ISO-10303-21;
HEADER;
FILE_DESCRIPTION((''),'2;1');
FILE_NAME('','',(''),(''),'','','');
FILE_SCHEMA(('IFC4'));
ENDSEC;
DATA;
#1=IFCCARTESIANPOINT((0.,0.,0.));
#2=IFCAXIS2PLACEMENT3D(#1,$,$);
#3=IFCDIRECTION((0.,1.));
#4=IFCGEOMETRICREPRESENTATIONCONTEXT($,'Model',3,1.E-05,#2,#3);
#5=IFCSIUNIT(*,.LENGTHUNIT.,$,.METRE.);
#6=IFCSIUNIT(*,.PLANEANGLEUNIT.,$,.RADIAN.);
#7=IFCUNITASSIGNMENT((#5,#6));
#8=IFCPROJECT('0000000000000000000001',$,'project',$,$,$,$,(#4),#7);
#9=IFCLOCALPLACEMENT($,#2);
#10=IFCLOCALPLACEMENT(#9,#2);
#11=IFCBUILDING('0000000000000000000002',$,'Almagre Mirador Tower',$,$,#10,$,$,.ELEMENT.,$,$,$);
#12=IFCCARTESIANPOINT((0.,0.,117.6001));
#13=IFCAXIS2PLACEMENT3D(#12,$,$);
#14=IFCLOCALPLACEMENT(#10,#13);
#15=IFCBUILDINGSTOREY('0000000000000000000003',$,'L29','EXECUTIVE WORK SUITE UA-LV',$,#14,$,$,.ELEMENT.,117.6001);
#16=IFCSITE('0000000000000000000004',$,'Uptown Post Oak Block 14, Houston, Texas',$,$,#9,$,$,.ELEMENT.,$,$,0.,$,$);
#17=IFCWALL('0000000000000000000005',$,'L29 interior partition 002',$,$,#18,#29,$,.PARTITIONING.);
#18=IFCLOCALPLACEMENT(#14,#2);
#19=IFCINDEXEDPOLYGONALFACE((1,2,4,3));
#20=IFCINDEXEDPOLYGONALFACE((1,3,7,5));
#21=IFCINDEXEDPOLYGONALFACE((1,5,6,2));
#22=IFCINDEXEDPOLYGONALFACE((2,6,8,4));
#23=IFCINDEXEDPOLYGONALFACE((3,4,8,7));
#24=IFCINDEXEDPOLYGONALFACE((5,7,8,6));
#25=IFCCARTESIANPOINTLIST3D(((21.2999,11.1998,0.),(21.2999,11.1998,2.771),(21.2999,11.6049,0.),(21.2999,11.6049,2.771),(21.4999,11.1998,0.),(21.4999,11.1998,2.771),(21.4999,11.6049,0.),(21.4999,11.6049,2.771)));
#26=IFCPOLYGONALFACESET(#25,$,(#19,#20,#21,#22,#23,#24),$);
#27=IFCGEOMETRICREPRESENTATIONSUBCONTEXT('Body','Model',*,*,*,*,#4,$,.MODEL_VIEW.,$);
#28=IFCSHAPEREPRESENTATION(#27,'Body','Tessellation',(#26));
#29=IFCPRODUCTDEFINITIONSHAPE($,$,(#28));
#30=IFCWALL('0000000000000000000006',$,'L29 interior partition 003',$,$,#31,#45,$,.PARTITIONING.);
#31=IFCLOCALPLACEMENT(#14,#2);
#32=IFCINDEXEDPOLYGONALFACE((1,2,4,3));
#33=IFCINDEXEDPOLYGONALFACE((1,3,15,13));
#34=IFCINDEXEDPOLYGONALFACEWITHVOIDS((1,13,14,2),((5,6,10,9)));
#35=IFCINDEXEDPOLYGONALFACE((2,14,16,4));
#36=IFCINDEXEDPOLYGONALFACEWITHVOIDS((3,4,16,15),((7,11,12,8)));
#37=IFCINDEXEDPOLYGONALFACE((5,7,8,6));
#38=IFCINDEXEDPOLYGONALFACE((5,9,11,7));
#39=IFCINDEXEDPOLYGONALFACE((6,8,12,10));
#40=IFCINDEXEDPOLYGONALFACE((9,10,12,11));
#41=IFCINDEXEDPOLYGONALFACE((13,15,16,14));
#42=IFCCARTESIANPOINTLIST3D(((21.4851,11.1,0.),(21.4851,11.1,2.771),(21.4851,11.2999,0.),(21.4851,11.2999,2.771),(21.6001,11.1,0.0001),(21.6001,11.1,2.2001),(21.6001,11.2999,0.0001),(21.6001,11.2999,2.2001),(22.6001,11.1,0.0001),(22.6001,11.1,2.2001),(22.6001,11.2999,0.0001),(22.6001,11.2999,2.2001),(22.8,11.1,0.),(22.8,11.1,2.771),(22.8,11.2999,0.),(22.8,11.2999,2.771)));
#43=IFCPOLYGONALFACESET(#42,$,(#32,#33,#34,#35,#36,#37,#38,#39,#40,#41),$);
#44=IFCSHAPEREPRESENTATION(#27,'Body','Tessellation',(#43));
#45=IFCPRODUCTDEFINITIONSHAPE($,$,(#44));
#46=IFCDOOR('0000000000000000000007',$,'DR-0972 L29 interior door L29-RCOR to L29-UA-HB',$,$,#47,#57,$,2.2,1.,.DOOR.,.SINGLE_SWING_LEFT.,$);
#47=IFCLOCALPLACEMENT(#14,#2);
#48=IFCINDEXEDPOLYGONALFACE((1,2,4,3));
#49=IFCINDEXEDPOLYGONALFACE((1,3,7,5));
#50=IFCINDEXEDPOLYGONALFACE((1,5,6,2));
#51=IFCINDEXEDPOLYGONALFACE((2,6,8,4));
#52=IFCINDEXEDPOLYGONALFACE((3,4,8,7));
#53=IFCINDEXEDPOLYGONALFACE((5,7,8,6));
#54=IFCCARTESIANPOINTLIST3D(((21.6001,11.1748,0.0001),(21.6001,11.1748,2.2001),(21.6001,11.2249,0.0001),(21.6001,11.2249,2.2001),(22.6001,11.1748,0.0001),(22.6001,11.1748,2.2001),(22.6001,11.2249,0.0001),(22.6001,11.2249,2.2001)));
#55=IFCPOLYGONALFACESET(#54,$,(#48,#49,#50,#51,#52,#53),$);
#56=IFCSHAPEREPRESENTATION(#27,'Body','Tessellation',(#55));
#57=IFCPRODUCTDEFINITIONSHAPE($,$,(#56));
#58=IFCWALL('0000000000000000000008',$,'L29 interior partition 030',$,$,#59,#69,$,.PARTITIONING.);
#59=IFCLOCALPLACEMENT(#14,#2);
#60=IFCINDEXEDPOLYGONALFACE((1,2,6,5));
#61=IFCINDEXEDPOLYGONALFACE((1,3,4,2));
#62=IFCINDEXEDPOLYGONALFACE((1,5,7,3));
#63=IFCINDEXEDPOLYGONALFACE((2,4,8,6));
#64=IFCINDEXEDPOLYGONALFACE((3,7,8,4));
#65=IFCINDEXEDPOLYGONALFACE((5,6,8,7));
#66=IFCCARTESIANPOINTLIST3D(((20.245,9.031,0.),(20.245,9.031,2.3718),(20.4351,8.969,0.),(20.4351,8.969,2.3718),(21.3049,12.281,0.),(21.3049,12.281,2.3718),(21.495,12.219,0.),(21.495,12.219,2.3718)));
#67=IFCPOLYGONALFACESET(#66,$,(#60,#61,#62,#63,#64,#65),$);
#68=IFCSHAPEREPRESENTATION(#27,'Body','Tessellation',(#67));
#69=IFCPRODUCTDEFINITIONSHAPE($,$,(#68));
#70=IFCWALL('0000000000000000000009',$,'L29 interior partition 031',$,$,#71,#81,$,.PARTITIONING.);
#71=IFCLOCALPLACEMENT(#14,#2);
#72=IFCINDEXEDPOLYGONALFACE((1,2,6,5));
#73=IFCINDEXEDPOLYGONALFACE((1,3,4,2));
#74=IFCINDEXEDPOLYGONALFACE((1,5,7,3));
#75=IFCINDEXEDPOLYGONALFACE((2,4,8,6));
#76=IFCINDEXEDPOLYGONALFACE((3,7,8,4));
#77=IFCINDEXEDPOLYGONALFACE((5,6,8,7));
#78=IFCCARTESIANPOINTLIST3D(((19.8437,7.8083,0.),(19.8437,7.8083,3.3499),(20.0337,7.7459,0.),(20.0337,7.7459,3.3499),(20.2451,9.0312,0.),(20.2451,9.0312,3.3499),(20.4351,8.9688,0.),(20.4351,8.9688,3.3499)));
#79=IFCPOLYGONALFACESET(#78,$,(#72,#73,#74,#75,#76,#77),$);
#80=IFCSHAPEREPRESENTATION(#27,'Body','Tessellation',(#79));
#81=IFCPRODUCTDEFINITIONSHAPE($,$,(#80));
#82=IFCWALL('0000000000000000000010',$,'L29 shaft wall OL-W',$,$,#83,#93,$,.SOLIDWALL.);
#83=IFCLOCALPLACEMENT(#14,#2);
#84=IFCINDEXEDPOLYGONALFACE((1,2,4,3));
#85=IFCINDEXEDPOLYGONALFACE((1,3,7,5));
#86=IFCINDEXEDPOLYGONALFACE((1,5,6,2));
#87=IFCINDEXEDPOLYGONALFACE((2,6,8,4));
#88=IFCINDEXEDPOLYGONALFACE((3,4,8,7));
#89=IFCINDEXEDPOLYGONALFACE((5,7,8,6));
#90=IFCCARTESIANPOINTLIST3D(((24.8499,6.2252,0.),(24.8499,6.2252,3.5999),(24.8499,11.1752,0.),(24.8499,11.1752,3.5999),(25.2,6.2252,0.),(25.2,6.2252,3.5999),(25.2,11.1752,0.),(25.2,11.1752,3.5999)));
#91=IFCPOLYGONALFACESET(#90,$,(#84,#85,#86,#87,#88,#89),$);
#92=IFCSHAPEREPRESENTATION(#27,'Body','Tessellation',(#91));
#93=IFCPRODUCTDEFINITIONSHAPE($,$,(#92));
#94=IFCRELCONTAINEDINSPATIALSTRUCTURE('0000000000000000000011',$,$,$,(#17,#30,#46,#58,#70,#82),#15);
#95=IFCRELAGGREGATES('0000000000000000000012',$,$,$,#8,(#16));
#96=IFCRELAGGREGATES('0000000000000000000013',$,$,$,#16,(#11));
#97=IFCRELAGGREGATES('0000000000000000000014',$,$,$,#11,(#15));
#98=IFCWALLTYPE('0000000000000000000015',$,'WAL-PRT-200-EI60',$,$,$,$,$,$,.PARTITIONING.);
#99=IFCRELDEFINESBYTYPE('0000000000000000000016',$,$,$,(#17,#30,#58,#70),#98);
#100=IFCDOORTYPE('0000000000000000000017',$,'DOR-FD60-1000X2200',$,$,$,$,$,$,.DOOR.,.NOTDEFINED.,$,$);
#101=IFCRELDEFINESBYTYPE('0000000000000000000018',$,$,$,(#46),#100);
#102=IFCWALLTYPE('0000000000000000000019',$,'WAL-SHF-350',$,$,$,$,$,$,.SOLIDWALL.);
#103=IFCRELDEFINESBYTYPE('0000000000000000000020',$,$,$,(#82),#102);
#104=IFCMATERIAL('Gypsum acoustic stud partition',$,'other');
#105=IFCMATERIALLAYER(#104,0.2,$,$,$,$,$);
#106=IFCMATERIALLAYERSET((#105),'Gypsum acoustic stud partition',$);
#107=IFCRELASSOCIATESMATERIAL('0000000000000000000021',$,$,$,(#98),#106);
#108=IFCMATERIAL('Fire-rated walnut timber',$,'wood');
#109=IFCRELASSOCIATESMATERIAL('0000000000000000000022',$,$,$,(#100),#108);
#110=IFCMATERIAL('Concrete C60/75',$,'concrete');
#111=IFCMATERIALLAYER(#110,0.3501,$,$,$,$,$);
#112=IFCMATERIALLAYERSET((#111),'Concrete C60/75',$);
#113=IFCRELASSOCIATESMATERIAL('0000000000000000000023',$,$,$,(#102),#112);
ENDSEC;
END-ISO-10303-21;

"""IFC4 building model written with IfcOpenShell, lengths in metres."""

from ifc_helpers import new_model, si_unit, direction, frame, frame_2d, origin, place, context, subcontext, project, spatial, rectangle, extrude, material, layer, layer_set, type_object, element, fill, save


model = new_model("IFC4")

# Units and contexts
model_context = context("Model", 3, precision=1e-05, world=origin(), true_north=direction((0.0, 1.0)))
body_context = subcontext(model_context, "Body", "Model", "MODEL_VIEW")
ifc_project = project(units=[si_unit("LENGTHUNIT", "METRE"), si_unit("PLANEANGLEUNIT", "RADIAN")], contexts=[model_context])

# Site, building, storey
site_placement = place(None, origin())
site = spatial("IfcSite", under=ifc_project, at=site_placement, Name="Uptown Post Oak Block 14, Houston, Texas", CompositionType="ELEMENT", RefElevation=0.0)
building_placement = place(site_placement, origin())
building = spatial("IfcBuilding", under=site, at=building_placement, Name="Almagre Mirador Tower", CompositionType="ELEMENT")
storey_placement = place(building_placement, frame((0.0, 0.0, 117.6001)))
storey = spatial("IfcBuildingStorey", under=building, at=storey_placement, Name="L29", Description="EXECUTIVE WORK SUITE UA-LV", CompositionType="ELEMENT", Elevation=117.6001)

# Shared definitions
ifc_material_1 = material(Name="Gypsum acoustic stud partition", Category="other")
ifc_layer_1 = layer(ifc_material_1, 0.2)
ifc_layer_set_1 = layer_set([ifc_layer_1], Name="Gypsum acoustic stud partition")
wall_type_1 = type_object("IfcWallType", Name="WAL-PRT-200-EI60", PredefinedType="PARTITIONING", material=ifc_layer_set_1)
ifc_material_2 = material(Name="Fire-rated walnut timber", Category="wood")
door_type_1 = type_object("IfcDoorType", Name="DOR-FD60-1000X2200", OperationType="NOTDEFINED", PredefinedType="DOOR", material=ifc_material_2)

# Wall
wall_1_placement = place(storey_placement, frame((21.3999, 11.605, 0.0), z_axis=(0.0, 0.0, 1.0), x_axis=(0.0, -1.0, 0.0)))
element("IfcWall", 1, at=wall_1_placement, inside=storey, type_object=wall_type_1, Name="L29 interior partition 002", PredefinedType="PARTITIONING", context=body_context, shape_type="SweptSolid", body=[
    extrude(rectangle(XDim=0.405, YDim=0.2, at=frame_2d((0.2026, 0.0))), origin(), (0.0, 0.0, 1.0), 2.771),
])

# Wall, opening, door
wall_2_placement = place(storey_placement, frame((21.4851, 11.2, 0.0), z_axis=(0.0, 0.0, 1.0), x_axis=(1.0, 0.0, 0.0)))
wall_2 = element("IfcWall", 2, at=wall_2_placement, inside=storey, type_object=wall_type_1, Name="L29 interior partition 003", PredefinedType="PARTITIONING", context=body_context, shape_type="SweptSolid", body=[
    extrude(rectangle(XDim=1.3149, YDim=0.2, at=frame_2d((0.6575, 0.0))), origin(), (0.0, 0.0, 1.0), 2.771),
])
opening_1_placement = place(wall_2_placement, frame((0.115, 0.0, 0.0)))
opening_1 = element("IfcOpeningElement", 3, at=opening_1_placement, cuts=wall_2, PredefinedType="OPENING", context=body_context, shape_type="SweptSolid", body=[
    extrude(rectangle(XDim=1.0, YDim=2.2, at=frame_2d((0.5, 1.1001))), frame((0.0, 0.1101, 0.0), z_axis=(0.0, -1.0, 0.0), x_axis=(1.0, 0.0, 0.0)), (0.0, 0.0, 1.0), 0.22),
])
door_1_placement = place(opening_1_placement, origin())
door_1 = element("IfcDoor", 4, at=door_1_placement, inside=storey, type_object=door_type_1, Name="DR-0972 L29 interior door L29-RCOR to L29-UA-HB", OperationType="SINGLE_SWING_LEFT", OverallHeight=2.2, OverallWidth=1.0, PredefinedType="DOOR", context=body_context, shape_type="SweptSolid", body=[
    extrude(rectangle(XDim=1.0, YDim=2.2, at=frame_2d((0.5, 1.1001))), frame((0.0, 0.0249, 0.0), z_axis=(0.0, -1.0, 0.0), x_axis=(1.0, 0.0, 0.0)), (0.0, 0.0, 1.0), 0.05),
])
fill(opening_1, door_1)

# Walls
wall_3_placement = place(storey_placement, frame((21.3999, 12.25, 0.0), z_axis=(0.0, 0.0, 1.0), x_axis=(-0.310029, -0.950727, 0.0)))
element("IfcWall", 5, at=wall_3_placement, inside=storey, type_object=wall_type_1, Name="L29 interior partition 030", PredefinedType="PARTITIONING", context=body_context, shape_type="SweptSolid", body=[
    extrude(rectangle(XDim=3.4185, YDim=0.2, at=frame_2d((1.7092, 0.0))), origin(), (0.0, 0.0, 1.0), 2.3718),
])
wall_4_placement = place(storey_placement, frame((20.3401, 9.0, 0.0), z_axis=(0.0, 0.0, 1.0), x_axis=(-0.311843, -0.950134, 0.0)))
element("IfcWall", 6, at=wall_4_placement, inside=storey, type_object=wall_type_1, Name="L29 interior partition 031", PredefinedType="PARTITIONING", context=body_context, shape_type="SweptSolid", body=[
    extrude(rectangle(XDim=1.2871, YDim=0.2, at=frame_2d((0.6436, 0.0))), origin(), (0.0, 0.0, 1.0), 3.3499),
])
ifc_material_3 = material(Name="Concrete C60/75", Category="concrete")
ifc_layer_2 = layer(ifc_material_3, 0.3501)
ifc_layer_set_2 = layer_set([ifc_layer_2], Name="Concrete C60/75")
wall_type_2 = type_object("IfcWallType", Name="WAL-SHF-350", PredefinedType="SOLIDWALL", material=ifc_layer_set_2)
wall_5_placement = place(storey_placement, frame((25.0249, 6.2251, 0.0), z_axis=(0.0, 0.0, 1.0), x_axis=(0.0, 1.0, 0.0)))
element("IfcWall", 7, at=wall_5_placement, inside=storey, type_object=wall_type_2, Name="L29 shaft wall OL-W", PredefinedType="SOLIDWALL", context=body_context, shape_type="SweptSolid", body=[
    extrude(rectangle(XDim=4.95, YDim=0.3501, at=frame_2d((2.4751, 0.0))), origin(), (0.0, 0.0, 1.0), 3.5999),
])

save(model, "model.ifc")
